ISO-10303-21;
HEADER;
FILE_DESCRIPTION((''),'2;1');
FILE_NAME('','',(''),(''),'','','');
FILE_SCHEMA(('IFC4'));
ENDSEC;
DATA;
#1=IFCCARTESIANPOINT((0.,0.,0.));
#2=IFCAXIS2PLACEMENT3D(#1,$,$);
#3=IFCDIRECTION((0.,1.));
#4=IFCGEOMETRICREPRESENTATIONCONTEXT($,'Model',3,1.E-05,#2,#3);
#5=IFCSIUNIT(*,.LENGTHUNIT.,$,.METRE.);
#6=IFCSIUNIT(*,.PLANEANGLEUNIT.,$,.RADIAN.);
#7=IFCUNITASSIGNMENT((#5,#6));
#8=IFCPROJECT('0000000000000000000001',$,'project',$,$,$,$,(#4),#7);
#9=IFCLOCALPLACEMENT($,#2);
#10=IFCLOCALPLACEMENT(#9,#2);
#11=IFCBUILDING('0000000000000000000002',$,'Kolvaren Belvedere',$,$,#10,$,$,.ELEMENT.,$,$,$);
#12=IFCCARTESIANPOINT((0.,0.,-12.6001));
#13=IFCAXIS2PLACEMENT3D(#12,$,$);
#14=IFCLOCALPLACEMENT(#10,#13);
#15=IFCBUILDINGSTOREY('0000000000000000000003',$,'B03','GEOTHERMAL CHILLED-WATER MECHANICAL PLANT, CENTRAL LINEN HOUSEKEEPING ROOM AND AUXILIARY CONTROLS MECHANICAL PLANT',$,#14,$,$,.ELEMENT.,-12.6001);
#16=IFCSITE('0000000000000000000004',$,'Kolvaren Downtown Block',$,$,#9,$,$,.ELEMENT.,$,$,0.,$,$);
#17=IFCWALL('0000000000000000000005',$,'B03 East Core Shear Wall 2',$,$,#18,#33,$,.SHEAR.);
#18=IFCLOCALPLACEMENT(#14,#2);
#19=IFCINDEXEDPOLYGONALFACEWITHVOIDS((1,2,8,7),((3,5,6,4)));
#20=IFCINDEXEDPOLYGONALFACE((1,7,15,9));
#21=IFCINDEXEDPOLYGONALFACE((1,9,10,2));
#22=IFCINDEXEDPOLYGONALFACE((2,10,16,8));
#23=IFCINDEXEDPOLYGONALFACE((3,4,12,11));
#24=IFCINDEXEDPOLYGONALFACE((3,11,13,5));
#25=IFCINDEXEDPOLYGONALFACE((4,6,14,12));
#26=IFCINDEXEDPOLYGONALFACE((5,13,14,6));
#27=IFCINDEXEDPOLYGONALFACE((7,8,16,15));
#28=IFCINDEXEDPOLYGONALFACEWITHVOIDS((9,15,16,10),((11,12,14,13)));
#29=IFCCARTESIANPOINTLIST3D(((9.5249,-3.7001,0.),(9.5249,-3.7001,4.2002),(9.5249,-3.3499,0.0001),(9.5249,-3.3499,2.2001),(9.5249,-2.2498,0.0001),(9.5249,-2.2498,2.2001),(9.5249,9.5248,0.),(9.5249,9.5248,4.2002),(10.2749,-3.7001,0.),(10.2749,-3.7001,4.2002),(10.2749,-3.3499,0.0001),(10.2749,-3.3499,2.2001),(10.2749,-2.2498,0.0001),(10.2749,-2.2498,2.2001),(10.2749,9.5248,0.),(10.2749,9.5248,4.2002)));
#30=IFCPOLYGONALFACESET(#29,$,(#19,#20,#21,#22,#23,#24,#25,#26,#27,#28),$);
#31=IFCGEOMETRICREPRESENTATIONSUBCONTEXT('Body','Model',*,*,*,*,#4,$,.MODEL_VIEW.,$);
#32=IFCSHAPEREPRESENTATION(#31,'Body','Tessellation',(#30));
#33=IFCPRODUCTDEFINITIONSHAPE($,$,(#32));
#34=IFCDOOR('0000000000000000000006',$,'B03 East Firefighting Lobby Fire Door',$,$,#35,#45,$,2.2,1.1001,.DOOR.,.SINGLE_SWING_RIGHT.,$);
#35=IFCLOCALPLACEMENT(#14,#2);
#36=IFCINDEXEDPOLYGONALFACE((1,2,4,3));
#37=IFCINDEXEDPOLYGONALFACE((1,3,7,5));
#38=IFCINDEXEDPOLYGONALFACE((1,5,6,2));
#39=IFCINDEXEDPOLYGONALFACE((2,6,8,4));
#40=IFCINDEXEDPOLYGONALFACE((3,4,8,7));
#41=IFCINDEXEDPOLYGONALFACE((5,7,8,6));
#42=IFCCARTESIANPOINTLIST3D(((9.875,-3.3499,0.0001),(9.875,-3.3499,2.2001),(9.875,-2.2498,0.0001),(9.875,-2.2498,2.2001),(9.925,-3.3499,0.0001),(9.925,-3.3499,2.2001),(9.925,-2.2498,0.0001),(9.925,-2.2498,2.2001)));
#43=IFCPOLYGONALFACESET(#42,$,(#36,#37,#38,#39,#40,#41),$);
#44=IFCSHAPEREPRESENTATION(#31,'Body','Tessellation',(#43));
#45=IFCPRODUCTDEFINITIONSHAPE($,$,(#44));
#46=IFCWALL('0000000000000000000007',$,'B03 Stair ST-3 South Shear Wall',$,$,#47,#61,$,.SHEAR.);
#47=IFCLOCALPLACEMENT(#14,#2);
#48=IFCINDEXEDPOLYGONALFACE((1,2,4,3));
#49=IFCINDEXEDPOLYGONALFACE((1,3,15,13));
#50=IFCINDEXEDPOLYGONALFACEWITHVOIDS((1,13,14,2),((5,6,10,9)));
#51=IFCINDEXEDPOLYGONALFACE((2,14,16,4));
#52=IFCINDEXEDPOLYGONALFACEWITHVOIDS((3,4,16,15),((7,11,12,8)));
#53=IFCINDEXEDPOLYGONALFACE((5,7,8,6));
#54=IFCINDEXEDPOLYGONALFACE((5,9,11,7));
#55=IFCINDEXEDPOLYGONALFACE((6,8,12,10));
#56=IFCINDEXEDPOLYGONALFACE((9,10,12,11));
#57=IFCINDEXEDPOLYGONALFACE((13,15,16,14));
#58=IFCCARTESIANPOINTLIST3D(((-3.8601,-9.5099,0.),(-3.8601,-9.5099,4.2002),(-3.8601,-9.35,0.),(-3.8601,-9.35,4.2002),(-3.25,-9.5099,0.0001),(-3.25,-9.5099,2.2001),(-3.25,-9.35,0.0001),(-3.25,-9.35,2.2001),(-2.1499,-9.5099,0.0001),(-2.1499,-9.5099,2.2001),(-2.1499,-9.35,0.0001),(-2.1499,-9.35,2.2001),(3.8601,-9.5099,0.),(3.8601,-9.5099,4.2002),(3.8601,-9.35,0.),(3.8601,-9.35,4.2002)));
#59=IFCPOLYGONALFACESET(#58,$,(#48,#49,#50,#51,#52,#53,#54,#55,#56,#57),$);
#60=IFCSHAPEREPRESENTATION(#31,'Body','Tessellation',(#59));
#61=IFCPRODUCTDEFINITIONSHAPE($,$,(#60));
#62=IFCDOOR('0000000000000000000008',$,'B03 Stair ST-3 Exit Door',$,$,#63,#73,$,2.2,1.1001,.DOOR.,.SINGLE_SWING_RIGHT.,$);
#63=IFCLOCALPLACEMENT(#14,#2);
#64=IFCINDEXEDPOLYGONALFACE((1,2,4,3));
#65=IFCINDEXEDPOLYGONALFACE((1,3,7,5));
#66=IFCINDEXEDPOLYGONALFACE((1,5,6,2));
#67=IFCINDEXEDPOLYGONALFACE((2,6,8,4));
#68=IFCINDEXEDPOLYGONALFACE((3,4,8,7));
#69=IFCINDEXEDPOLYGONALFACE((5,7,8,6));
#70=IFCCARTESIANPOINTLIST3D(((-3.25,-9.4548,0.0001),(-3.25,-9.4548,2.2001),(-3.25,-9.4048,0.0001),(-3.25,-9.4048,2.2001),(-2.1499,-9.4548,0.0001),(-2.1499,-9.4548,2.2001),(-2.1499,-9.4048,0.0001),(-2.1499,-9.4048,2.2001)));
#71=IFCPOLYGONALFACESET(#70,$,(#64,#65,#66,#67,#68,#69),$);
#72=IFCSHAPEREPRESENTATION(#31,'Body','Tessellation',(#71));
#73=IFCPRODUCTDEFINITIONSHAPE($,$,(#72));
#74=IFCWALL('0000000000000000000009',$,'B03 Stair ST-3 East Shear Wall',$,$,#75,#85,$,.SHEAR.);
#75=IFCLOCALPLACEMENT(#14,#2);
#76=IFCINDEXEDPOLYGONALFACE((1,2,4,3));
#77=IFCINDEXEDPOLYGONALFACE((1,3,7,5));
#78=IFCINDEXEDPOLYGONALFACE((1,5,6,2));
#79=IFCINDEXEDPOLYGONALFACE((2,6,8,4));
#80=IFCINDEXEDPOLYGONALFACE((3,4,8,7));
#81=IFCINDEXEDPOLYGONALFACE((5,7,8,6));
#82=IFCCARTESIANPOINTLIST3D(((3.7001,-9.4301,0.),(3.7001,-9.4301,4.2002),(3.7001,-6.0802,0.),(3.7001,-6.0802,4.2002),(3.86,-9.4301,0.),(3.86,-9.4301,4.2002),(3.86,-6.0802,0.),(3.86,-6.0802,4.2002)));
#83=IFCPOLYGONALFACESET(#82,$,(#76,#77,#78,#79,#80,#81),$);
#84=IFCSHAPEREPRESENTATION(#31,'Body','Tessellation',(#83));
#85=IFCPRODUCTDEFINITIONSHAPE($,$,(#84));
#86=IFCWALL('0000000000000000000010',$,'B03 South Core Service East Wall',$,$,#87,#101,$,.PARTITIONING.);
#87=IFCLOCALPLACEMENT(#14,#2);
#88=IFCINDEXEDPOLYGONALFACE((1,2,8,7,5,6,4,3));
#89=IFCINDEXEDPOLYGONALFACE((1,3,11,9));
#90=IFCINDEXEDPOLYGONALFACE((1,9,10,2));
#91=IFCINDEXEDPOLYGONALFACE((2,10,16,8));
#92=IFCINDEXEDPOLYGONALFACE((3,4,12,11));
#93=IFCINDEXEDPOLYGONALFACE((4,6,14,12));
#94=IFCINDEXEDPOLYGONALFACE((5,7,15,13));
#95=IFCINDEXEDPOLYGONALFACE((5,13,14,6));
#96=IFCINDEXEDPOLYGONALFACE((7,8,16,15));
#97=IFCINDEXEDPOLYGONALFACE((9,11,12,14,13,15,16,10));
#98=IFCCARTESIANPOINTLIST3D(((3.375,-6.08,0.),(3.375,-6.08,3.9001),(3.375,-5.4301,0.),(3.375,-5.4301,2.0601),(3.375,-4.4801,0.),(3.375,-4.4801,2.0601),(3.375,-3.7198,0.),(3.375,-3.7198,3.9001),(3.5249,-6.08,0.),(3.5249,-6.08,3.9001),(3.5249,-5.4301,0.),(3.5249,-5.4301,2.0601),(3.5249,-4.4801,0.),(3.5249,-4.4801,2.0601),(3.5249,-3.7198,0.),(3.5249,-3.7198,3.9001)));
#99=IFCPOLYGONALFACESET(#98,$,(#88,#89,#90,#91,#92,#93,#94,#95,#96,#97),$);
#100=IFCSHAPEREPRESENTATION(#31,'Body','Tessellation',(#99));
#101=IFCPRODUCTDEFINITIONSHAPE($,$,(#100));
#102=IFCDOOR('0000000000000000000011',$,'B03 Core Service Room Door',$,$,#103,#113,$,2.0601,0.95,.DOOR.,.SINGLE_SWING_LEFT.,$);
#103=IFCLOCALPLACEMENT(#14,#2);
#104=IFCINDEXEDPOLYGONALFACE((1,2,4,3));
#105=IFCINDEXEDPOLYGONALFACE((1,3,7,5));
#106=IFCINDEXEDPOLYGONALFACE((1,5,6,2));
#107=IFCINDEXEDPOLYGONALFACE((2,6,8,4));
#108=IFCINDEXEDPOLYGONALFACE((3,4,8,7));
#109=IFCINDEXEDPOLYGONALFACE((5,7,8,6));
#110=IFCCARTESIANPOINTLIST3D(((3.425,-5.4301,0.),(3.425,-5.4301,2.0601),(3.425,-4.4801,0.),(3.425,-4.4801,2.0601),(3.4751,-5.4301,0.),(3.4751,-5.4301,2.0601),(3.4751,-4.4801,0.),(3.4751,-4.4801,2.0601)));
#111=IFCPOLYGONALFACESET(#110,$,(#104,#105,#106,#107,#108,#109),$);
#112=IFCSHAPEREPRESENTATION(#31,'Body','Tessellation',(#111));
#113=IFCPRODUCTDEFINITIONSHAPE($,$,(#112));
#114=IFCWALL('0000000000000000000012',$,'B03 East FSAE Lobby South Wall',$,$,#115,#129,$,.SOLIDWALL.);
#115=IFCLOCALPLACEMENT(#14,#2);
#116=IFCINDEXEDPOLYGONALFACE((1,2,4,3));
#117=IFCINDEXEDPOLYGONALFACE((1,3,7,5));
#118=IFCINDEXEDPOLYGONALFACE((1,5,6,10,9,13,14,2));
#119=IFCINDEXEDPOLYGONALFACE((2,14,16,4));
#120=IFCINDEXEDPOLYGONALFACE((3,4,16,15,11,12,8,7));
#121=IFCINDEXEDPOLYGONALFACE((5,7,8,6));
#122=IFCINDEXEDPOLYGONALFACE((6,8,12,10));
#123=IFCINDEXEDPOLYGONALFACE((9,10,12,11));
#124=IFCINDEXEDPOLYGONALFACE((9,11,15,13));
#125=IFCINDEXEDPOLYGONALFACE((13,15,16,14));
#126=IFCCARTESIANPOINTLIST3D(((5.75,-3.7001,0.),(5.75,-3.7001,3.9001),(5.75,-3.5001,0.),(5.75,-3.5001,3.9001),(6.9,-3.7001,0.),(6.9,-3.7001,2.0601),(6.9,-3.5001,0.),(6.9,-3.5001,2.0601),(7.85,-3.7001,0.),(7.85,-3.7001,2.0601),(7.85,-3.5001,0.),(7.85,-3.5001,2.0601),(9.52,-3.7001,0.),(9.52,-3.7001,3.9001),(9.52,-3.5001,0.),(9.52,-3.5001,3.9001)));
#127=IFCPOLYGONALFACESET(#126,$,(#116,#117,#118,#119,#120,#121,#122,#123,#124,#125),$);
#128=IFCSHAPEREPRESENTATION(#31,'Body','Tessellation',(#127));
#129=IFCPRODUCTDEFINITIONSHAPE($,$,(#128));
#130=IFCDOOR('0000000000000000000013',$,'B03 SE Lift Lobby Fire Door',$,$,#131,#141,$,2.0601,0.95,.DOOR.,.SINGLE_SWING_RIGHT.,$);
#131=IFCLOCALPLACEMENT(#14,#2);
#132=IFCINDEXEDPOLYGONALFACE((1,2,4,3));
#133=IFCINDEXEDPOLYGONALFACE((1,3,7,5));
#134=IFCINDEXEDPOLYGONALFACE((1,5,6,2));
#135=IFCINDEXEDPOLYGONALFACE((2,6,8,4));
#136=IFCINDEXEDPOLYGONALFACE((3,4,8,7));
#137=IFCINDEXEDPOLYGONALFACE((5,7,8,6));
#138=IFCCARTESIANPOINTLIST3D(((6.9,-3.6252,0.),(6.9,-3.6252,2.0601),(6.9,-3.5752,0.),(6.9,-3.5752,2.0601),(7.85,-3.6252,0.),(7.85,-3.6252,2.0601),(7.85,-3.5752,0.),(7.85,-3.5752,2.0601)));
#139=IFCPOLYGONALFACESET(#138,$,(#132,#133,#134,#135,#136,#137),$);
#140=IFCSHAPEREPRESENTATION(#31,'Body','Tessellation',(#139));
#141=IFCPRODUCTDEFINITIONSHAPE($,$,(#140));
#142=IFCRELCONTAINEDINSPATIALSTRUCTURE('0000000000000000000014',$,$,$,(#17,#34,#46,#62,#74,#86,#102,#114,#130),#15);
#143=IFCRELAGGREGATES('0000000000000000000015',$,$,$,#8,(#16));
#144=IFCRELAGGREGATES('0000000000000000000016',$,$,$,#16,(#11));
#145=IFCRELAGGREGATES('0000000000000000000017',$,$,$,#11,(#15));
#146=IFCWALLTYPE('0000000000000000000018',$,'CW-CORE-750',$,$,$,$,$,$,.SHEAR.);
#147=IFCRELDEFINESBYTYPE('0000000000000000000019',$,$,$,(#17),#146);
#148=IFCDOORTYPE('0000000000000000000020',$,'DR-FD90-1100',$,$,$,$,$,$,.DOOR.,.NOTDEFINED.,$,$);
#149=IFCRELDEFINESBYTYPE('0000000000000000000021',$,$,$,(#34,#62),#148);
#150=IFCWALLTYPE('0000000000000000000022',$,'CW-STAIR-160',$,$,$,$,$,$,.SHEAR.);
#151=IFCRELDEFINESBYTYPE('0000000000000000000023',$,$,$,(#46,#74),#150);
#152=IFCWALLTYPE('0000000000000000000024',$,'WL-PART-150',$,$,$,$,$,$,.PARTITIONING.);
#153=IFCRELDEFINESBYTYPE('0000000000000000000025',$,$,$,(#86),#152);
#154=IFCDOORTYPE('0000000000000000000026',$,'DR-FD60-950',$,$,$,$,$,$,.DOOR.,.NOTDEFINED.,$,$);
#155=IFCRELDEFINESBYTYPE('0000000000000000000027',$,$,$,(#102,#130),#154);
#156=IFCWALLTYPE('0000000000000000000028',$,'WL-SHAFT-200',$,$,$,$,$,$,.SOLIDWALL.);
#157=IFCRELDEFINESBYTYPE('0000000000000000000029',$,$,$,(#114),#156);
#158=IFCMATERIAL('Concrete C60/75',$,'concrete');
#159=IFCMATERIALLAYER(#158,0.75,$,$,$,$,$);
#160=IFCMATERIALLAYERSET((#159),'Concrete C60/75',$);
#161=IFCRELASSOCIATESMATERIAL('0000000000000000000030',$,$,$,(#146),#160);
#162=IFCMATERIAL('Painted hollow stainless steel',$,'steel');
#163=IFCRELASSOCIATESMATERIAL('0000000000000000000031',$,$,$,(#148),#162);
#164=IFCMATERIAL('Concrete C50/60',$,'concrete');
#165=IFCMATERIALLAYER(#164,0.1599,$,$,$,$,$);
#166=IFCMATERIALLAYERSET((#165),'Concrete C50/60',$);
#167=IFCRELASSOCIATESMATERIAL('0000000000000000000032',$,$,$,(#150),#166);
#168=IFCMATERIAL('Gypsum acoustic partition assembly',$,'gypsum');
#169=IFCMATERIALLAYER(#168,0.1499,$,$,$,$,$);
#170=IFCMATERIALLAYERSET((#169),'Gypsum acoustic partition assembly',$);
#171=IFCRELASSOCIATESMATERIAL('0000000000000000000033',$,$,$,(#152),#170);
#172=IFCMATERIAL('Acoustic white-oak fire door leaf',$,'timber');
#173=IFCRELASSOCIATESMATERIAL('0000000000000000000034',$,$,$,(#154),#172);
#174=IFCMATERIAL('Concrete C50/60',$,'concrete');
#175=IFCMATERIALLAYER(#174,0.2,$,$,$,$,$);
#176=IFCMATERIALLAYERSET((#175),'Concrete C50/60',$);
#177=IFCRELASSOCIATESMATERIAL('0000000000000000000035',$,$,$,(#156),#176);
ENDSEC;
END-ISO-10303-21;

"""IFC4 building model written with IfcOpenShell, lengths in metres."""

from ifc_helpers import new_model, si_unit, direction, frame, frame_2d, origin, place, context, subcontext, project, spatial, rectangle, extrude, material, layer, layer_set, type_object, element, fill, save


model = new_model("IFC4")

# Units and contexts
model_context = context("Model", 3, precision=1e-05, world=origin(), true_north=direction((0.0, 1.0)))
body_context = subcontext(model_context, "Body", "Model", "MODEL_VIEW")
ifc_project = project(units=[si_unit("LENGTHUNIT", "METRE"), si_unit("PLANEANGLEUNIT", "RADIAN")], contexts=[model_context])

# Site, building, storey
site_placement = place(None, origin())
site = spatial("IfcSite", under=ifc_project, at=site_placement, Name="Kolvaren Downtown Block", CompositionType="ELEMENT", RefElevation=0.0)
building_placement = place(site_placement, origin())
building = spatial("IfcBuilding", under=site, at=building_placement, Name="Kolvaren Belvedere", CompositionType="ELEMENT")
storey_placement = place(building_placement, frame((0.0, 0.0, -12.6001)))
storey = spatial("IfcBuildingStorey", under=building, at=storey_placement, Name="B03", Description="GEOTHERMAL CHILLED-WATER MECHANICAL PLANT, CENTRAL LINEN HOUSEKEEPING ROOM AND AUXILIARY CONTROLS MECHANICAL PLANT", CompositionType="ELEMENT", Elevation=-12.6001)

# Shared definitions
ifc_material_1 = material(Name="Concrete C60/75", Category="concrete")
ifc_layer_1 = layer(ifc_material_1, 0.75)
ifc_layer_set_1 = layer_set([ifc_layer_1], Name="Concrete C60/75")
wall_type_1 = type_object("IfcWallType", Name="CW-CORE-750", PredefinedType="SHEAR", material=ifc_layer_set_1)

# Walls, openings, doors
wall_1_placement = place(storey_placement, frame((9.8999, -3.7, 0.0), z_axis=(0.0, 0.0, 1.0), x_axis=(0.0, 1.0, 0.0)))
wall_1 = element("IfcWall", 1, at=wall_1_placement, inside=storey, type_object=wall_type_1, Name="B03 East Core Shear Wall 2", PredefinedType="SHEAR", context=body_context, shape_type="SweptSolid", body=[
    extrude(rectangle(XDim=13.2249, YDim=0.75, at=frame_2d((6.6123, 0.0))), origin(), (0.0, 0.0, 1.0), 4.2002),
])
opening_1_placement = place(wall_1_placement, frame((0.3501, 0.0, 0.0)))
opening_1 = element("IfcOpeningElement", 2, at=opening_1_placement, cuts=wall_1, PredefinedType="OPENING", context=body_context, shape_type="SweptSolid", body=[
    extrude(rectangle(XDim=1.1001, YDim=2.2, at=frame_2d((0.55, 1.1001))), frame((0.0, 0.385, 0.0), z_axis=(0.0, -1.0, 0.0), x_axis=(1.0, 0.0, 0.0)), (0.0, 0.0, 1.0), 0.77),
])
ifc_material_2 = material(Name="Painted hollow stainless steel", Category="steel")
door_type_1 = type_object("IfcDoorType", Name="DR-FD90-1100", OperationType="NOTDEFINED", PredefinedType="DOOR", material=ifc_material_2)
door_1_placement = place(opening_1_placement, origin())
door_1 = element("IfcDoor", 3, at=door_1_placement, inside=storey, type_object=door_type_1, Name="B03 East Firefighting Lobby Fire Door", OperationType="SINGLE_SWING_RIGHT", OverallHeight=2.2, OverallWidth=1.1001, PredefinedType="DOOR", context=body_context, shape_type="SweptSolid", body=[
    extrude(rectangle(XDim=1.1001, YDim=2.2, at=frame_2d((0.55, 1.1001))), frame((0.0, 0.0249, 0.0), z_axis=(0.0, -1.0, 0.0), x_axis=(1.0, 0.0, 0.0)), (0.0, 0.0, 1.0), 0.05),
])
fill(opening_1, door_1)
ifc_material_3 = material(Name="Concrete C50/60", Category="concrete")
ifc_layer_2 = layer(ifc_material_3, 0.1599)
ifc_layer_set_2 = layer_set([ifc_layer_2], Name="Concrete C50/60")
wall_type_2 = type_object("IfcWallType", Name="CW-STAIR-160", PredefinedType="SHEAR", material=ifc_layer_set_2)
wall_2_placement = place(storey_placement, frame((3.8601, -9.4299, 0.0), z_axis=(0.0, 0.0, 1.0), x_axis=(-1.0, 0.0, 0.0)))
wall_2 = element("IfcWall", 4, at=wall_2_placement, inside=storey, type_object=wall_type_2, Name="B03 Stair ST-3 South Shear Wall", PredefinedType="SHEAR", context=body_context, shape_type="SweptSolid", body=[
    extrude(rectangle(XDim=7.7202, YDim=0.1599, at=frame_2d((3.8601, 0.0))), origin(), (0.0, 0.0, 1.0), 4.2002),
])
opening_2_placement = place(wall_2_placement, frame((6.01, 0.0, 0.0)))
opening_2 = element("IfcOpeningElement", 5, at=opening_2_placement, cuts=wall_2, PredefinedType="OPENING", context=body_context, shape_type="SweptSolid", body=[
    extrude(rectangle(XDim=1.1001, YDim=2.2, at=frame_2d((0.55, 1.1001))), frame((0.0, 0.0898, 0.0), z_axis=(0.0, -1.0, 0.0), x_axis=(1.0, 0.0, 0.0)), (0.0, 0.0, 1.0), 0.1799),
])
door_2_placement = place(opening_2_placement, origin())
door_2 = element("IfcDoor", 6, at=door_2_placement, inside=storey, type_object=door_type_1, Name="B03 Stair ST-3 Exit Door", OperationType="SINGLE_SWING_RIGHT", OverallHeight=2.2, OverallWidth=1.1001, PredefinedType="DOOR", context=body_context, shape_type="SweptSolid", body=[
    extrude(rectangle(XDim=1.1001, YDim=2.2, at=frame_2d((0.55, 1.1001))), frame((0.0, 0.0249, 0.0), z_axis=(0.0, -1.0, 0.0), x_axis=(1.0, 0.0, 0.0)), (0.0, 0.0, 1.0), 0.05),
])
fill(opening_2, door_2)

# Wall
wall_3_placement = place(storey_placement, frame((3.78, -9.4299, 0.0), z_axis=(0.0, 0.0, 1.0), x_axis=(0.0, 1.0, 0.0)))
element("IfcWall", 7, at=wall_3_placement, inside=storey, type_object=wall_type_2, Name="B03 Stair ST-3 East Shear Wall", PredefinedType="SHEAR", context=body_context, shape_type="SweptSolid", body=[
    extrude(rectangle(XDim=3.3499, YDim=0.1599, at=frame_2d((1.6748, 0.0))), origin(), (0.0, 0.0, 1.0), 4.2002),
])

# Walls, openings, doors
ifc_material_4 = material(Name="Gypsum acoustic partition assembly", Category="gypsum")
ifc_layer_3 = layer(ifc_material_4, 0.1499)
ifc_layer_set_3 = layer_set([ifc_layer_3], Name="Gypsum acoustic partition assembly")
wall_type_3 = type_object("IfcWallType", Name="WL-PART-150", PredefinedType="PARTITIONING", material=ifc_layer_set_3)
wall_4_placement = place(storey_placement, frame((3.45, -6.0801, 0.0), z_axis=(0.0, 0.0, 1.0), x_axis=(0.0, 1.0, 0.0)))
wall_4 = element("IfcWall", 8, at=wall_4_placement, inside=storey, type_object=wall_type_3, Name="B03 South Core Service East Wall", PredefinedType="PARTITIONING", context=body_context, shape_type="SweptSolid", body=[
    extrude(rectangle(XDim=2.3601, YDim=0.1499, at=frame_2d((1.1802, 0.0))), origin(), (0.0, 0.0, 1.0), 3.9001),
])
opening_3_placement = place(wall_4_placement, frame((0.6499, 0.0, 0.0)))
opening_3 = element("IfcOpeningElement", 9, at=opening_3_placement, cuts=wall_4, PredefinedType="OPENING", context=body_context, shape_type="SweptSolid", body=[
    extrude(rectangle(XDim=0.95, YDim=2.0601, at=frame_2d((0.4751, 1.03))), frame((0.0, 0.085, 0.0), z_axis=(0.0, -1.0, 0.0), x_axis=(1.0, 0.0, 0.0)), (0.0, 0.0, 1.0), 0.1699),
])
ifc_material_5 = material(Name="Acoustic white-oak fire door leaf", Category="timber")
door_type_2 = type_object("IfcDoorType", Name="DR-FD60-950", OperationType="NOTDEFINED", PredefinedType="DOOR", material=ifc_material_5)
door_3_placement = place(opening_3_placement, origin())
door_3 = element("IfcDoor", 10, at=door_3_placement, inside=storey, type_object=door_type_2, Name="B03 Core Service Room Door", OperationType="SINGLE_SWING_LEFT", OverallHeight=2.0601, OverallWidth=0.95, PredefinedType="DOOR", context=body_context, shape_type="SweptSolid", body=[
    extrude(rectangle(XDim=0.95, YDim=2.0601, at=frame_2d((0.4751, 1.03))), frame((0.0, 0.0249, 0.0), z_axis=(0.0, -1.0, 0.0), x_axis=(1.0, 0.0, 0.0)), (0.0, 0.0, 1.0), 0.05),
])
fill(opening_3, door_3)
ifc_material_6 = material(Name="Concrete C50/60", Category="concrete")
ifc_layer_4 = layer(ifc_material_6, 0.2)
ifc_layer_set_4 = layer_set([ifc_layer_4], Name="Concrete C50/60")
wall_type_4 = type_object("IfcWallType", Name="WL-SHAFT-200", PredefinedType="SOLIDWALL", material=ifc_layer_set_4)
wall_5_placement = place(storey_placement, frame((5.75, -3.6001, 0.0), z_axis=(0.0, 0.0, 1.0), x_axis=(1.0, 0.0, 0.0)))
wall_5 = element("IfcWall", 11, at=wall_5_placement, inside=storey, type_object=wall_type_4, Name="B03 East FSAE Lobby South Wall", PredefinedType="SOLIDWALL", context=body_context, shape_type="SweptSolid", body=[
    extrude(rectangle(XDim=3.77, YDim=0.2, at=frame_2d((1.885, 0.0))), origin(), (0.0, 0.0, 1.0), 3.9001),
])
opening_4_placement = place(wall_5_placement, frame((1.1499, 0.0, 0.0)))
opening_4 = element("IfcOpeningElement", 12, at=opening_4_placement, cuts=wall_5, PredefinedType="OPENING", context=body_context, shape_type="SweptSolid", body=[
    extrude(rectangle(XDim=0.95, YDim=2.0601, at=frame_2d((0.4751, 1.03))), frame((0.0, 0.1099, 0.0), z_axis=(0.0, -1.0, 0.0), x_axis=(1.0, 0.0, 0.0)), (0.0, 0.0, 1.0), 0.22),
])
door_4_placement = place(opening_4_placement, origin())
door_4 = element("IfcDoor", 13, at=door_4_placement, inside=storey, type_object=door_type_2, Name="B03 SE Lift Lobby Fire Door", OperationType="SINGLE_SWING_RIGHT", OverallHeight=2.0601, OverallWidth=0.95, PredefinedType="DOOR", context=body_context, shape_type="SweptSolid", body=[
    extrude(rectangle(XDim=0.95, YDim=2.0601, at=frame_2d((0.4751, 1.03))), frame((0.0, 0.0249, 0.0), z_axis=(0.0, -1.0, 0.0), x_axis=(1.0, 0.0, 0.0)), (0.0, 0.0, 1.0), 0.05),
])
fill(opening_4, door_4)

save(model, "model.ifc")
